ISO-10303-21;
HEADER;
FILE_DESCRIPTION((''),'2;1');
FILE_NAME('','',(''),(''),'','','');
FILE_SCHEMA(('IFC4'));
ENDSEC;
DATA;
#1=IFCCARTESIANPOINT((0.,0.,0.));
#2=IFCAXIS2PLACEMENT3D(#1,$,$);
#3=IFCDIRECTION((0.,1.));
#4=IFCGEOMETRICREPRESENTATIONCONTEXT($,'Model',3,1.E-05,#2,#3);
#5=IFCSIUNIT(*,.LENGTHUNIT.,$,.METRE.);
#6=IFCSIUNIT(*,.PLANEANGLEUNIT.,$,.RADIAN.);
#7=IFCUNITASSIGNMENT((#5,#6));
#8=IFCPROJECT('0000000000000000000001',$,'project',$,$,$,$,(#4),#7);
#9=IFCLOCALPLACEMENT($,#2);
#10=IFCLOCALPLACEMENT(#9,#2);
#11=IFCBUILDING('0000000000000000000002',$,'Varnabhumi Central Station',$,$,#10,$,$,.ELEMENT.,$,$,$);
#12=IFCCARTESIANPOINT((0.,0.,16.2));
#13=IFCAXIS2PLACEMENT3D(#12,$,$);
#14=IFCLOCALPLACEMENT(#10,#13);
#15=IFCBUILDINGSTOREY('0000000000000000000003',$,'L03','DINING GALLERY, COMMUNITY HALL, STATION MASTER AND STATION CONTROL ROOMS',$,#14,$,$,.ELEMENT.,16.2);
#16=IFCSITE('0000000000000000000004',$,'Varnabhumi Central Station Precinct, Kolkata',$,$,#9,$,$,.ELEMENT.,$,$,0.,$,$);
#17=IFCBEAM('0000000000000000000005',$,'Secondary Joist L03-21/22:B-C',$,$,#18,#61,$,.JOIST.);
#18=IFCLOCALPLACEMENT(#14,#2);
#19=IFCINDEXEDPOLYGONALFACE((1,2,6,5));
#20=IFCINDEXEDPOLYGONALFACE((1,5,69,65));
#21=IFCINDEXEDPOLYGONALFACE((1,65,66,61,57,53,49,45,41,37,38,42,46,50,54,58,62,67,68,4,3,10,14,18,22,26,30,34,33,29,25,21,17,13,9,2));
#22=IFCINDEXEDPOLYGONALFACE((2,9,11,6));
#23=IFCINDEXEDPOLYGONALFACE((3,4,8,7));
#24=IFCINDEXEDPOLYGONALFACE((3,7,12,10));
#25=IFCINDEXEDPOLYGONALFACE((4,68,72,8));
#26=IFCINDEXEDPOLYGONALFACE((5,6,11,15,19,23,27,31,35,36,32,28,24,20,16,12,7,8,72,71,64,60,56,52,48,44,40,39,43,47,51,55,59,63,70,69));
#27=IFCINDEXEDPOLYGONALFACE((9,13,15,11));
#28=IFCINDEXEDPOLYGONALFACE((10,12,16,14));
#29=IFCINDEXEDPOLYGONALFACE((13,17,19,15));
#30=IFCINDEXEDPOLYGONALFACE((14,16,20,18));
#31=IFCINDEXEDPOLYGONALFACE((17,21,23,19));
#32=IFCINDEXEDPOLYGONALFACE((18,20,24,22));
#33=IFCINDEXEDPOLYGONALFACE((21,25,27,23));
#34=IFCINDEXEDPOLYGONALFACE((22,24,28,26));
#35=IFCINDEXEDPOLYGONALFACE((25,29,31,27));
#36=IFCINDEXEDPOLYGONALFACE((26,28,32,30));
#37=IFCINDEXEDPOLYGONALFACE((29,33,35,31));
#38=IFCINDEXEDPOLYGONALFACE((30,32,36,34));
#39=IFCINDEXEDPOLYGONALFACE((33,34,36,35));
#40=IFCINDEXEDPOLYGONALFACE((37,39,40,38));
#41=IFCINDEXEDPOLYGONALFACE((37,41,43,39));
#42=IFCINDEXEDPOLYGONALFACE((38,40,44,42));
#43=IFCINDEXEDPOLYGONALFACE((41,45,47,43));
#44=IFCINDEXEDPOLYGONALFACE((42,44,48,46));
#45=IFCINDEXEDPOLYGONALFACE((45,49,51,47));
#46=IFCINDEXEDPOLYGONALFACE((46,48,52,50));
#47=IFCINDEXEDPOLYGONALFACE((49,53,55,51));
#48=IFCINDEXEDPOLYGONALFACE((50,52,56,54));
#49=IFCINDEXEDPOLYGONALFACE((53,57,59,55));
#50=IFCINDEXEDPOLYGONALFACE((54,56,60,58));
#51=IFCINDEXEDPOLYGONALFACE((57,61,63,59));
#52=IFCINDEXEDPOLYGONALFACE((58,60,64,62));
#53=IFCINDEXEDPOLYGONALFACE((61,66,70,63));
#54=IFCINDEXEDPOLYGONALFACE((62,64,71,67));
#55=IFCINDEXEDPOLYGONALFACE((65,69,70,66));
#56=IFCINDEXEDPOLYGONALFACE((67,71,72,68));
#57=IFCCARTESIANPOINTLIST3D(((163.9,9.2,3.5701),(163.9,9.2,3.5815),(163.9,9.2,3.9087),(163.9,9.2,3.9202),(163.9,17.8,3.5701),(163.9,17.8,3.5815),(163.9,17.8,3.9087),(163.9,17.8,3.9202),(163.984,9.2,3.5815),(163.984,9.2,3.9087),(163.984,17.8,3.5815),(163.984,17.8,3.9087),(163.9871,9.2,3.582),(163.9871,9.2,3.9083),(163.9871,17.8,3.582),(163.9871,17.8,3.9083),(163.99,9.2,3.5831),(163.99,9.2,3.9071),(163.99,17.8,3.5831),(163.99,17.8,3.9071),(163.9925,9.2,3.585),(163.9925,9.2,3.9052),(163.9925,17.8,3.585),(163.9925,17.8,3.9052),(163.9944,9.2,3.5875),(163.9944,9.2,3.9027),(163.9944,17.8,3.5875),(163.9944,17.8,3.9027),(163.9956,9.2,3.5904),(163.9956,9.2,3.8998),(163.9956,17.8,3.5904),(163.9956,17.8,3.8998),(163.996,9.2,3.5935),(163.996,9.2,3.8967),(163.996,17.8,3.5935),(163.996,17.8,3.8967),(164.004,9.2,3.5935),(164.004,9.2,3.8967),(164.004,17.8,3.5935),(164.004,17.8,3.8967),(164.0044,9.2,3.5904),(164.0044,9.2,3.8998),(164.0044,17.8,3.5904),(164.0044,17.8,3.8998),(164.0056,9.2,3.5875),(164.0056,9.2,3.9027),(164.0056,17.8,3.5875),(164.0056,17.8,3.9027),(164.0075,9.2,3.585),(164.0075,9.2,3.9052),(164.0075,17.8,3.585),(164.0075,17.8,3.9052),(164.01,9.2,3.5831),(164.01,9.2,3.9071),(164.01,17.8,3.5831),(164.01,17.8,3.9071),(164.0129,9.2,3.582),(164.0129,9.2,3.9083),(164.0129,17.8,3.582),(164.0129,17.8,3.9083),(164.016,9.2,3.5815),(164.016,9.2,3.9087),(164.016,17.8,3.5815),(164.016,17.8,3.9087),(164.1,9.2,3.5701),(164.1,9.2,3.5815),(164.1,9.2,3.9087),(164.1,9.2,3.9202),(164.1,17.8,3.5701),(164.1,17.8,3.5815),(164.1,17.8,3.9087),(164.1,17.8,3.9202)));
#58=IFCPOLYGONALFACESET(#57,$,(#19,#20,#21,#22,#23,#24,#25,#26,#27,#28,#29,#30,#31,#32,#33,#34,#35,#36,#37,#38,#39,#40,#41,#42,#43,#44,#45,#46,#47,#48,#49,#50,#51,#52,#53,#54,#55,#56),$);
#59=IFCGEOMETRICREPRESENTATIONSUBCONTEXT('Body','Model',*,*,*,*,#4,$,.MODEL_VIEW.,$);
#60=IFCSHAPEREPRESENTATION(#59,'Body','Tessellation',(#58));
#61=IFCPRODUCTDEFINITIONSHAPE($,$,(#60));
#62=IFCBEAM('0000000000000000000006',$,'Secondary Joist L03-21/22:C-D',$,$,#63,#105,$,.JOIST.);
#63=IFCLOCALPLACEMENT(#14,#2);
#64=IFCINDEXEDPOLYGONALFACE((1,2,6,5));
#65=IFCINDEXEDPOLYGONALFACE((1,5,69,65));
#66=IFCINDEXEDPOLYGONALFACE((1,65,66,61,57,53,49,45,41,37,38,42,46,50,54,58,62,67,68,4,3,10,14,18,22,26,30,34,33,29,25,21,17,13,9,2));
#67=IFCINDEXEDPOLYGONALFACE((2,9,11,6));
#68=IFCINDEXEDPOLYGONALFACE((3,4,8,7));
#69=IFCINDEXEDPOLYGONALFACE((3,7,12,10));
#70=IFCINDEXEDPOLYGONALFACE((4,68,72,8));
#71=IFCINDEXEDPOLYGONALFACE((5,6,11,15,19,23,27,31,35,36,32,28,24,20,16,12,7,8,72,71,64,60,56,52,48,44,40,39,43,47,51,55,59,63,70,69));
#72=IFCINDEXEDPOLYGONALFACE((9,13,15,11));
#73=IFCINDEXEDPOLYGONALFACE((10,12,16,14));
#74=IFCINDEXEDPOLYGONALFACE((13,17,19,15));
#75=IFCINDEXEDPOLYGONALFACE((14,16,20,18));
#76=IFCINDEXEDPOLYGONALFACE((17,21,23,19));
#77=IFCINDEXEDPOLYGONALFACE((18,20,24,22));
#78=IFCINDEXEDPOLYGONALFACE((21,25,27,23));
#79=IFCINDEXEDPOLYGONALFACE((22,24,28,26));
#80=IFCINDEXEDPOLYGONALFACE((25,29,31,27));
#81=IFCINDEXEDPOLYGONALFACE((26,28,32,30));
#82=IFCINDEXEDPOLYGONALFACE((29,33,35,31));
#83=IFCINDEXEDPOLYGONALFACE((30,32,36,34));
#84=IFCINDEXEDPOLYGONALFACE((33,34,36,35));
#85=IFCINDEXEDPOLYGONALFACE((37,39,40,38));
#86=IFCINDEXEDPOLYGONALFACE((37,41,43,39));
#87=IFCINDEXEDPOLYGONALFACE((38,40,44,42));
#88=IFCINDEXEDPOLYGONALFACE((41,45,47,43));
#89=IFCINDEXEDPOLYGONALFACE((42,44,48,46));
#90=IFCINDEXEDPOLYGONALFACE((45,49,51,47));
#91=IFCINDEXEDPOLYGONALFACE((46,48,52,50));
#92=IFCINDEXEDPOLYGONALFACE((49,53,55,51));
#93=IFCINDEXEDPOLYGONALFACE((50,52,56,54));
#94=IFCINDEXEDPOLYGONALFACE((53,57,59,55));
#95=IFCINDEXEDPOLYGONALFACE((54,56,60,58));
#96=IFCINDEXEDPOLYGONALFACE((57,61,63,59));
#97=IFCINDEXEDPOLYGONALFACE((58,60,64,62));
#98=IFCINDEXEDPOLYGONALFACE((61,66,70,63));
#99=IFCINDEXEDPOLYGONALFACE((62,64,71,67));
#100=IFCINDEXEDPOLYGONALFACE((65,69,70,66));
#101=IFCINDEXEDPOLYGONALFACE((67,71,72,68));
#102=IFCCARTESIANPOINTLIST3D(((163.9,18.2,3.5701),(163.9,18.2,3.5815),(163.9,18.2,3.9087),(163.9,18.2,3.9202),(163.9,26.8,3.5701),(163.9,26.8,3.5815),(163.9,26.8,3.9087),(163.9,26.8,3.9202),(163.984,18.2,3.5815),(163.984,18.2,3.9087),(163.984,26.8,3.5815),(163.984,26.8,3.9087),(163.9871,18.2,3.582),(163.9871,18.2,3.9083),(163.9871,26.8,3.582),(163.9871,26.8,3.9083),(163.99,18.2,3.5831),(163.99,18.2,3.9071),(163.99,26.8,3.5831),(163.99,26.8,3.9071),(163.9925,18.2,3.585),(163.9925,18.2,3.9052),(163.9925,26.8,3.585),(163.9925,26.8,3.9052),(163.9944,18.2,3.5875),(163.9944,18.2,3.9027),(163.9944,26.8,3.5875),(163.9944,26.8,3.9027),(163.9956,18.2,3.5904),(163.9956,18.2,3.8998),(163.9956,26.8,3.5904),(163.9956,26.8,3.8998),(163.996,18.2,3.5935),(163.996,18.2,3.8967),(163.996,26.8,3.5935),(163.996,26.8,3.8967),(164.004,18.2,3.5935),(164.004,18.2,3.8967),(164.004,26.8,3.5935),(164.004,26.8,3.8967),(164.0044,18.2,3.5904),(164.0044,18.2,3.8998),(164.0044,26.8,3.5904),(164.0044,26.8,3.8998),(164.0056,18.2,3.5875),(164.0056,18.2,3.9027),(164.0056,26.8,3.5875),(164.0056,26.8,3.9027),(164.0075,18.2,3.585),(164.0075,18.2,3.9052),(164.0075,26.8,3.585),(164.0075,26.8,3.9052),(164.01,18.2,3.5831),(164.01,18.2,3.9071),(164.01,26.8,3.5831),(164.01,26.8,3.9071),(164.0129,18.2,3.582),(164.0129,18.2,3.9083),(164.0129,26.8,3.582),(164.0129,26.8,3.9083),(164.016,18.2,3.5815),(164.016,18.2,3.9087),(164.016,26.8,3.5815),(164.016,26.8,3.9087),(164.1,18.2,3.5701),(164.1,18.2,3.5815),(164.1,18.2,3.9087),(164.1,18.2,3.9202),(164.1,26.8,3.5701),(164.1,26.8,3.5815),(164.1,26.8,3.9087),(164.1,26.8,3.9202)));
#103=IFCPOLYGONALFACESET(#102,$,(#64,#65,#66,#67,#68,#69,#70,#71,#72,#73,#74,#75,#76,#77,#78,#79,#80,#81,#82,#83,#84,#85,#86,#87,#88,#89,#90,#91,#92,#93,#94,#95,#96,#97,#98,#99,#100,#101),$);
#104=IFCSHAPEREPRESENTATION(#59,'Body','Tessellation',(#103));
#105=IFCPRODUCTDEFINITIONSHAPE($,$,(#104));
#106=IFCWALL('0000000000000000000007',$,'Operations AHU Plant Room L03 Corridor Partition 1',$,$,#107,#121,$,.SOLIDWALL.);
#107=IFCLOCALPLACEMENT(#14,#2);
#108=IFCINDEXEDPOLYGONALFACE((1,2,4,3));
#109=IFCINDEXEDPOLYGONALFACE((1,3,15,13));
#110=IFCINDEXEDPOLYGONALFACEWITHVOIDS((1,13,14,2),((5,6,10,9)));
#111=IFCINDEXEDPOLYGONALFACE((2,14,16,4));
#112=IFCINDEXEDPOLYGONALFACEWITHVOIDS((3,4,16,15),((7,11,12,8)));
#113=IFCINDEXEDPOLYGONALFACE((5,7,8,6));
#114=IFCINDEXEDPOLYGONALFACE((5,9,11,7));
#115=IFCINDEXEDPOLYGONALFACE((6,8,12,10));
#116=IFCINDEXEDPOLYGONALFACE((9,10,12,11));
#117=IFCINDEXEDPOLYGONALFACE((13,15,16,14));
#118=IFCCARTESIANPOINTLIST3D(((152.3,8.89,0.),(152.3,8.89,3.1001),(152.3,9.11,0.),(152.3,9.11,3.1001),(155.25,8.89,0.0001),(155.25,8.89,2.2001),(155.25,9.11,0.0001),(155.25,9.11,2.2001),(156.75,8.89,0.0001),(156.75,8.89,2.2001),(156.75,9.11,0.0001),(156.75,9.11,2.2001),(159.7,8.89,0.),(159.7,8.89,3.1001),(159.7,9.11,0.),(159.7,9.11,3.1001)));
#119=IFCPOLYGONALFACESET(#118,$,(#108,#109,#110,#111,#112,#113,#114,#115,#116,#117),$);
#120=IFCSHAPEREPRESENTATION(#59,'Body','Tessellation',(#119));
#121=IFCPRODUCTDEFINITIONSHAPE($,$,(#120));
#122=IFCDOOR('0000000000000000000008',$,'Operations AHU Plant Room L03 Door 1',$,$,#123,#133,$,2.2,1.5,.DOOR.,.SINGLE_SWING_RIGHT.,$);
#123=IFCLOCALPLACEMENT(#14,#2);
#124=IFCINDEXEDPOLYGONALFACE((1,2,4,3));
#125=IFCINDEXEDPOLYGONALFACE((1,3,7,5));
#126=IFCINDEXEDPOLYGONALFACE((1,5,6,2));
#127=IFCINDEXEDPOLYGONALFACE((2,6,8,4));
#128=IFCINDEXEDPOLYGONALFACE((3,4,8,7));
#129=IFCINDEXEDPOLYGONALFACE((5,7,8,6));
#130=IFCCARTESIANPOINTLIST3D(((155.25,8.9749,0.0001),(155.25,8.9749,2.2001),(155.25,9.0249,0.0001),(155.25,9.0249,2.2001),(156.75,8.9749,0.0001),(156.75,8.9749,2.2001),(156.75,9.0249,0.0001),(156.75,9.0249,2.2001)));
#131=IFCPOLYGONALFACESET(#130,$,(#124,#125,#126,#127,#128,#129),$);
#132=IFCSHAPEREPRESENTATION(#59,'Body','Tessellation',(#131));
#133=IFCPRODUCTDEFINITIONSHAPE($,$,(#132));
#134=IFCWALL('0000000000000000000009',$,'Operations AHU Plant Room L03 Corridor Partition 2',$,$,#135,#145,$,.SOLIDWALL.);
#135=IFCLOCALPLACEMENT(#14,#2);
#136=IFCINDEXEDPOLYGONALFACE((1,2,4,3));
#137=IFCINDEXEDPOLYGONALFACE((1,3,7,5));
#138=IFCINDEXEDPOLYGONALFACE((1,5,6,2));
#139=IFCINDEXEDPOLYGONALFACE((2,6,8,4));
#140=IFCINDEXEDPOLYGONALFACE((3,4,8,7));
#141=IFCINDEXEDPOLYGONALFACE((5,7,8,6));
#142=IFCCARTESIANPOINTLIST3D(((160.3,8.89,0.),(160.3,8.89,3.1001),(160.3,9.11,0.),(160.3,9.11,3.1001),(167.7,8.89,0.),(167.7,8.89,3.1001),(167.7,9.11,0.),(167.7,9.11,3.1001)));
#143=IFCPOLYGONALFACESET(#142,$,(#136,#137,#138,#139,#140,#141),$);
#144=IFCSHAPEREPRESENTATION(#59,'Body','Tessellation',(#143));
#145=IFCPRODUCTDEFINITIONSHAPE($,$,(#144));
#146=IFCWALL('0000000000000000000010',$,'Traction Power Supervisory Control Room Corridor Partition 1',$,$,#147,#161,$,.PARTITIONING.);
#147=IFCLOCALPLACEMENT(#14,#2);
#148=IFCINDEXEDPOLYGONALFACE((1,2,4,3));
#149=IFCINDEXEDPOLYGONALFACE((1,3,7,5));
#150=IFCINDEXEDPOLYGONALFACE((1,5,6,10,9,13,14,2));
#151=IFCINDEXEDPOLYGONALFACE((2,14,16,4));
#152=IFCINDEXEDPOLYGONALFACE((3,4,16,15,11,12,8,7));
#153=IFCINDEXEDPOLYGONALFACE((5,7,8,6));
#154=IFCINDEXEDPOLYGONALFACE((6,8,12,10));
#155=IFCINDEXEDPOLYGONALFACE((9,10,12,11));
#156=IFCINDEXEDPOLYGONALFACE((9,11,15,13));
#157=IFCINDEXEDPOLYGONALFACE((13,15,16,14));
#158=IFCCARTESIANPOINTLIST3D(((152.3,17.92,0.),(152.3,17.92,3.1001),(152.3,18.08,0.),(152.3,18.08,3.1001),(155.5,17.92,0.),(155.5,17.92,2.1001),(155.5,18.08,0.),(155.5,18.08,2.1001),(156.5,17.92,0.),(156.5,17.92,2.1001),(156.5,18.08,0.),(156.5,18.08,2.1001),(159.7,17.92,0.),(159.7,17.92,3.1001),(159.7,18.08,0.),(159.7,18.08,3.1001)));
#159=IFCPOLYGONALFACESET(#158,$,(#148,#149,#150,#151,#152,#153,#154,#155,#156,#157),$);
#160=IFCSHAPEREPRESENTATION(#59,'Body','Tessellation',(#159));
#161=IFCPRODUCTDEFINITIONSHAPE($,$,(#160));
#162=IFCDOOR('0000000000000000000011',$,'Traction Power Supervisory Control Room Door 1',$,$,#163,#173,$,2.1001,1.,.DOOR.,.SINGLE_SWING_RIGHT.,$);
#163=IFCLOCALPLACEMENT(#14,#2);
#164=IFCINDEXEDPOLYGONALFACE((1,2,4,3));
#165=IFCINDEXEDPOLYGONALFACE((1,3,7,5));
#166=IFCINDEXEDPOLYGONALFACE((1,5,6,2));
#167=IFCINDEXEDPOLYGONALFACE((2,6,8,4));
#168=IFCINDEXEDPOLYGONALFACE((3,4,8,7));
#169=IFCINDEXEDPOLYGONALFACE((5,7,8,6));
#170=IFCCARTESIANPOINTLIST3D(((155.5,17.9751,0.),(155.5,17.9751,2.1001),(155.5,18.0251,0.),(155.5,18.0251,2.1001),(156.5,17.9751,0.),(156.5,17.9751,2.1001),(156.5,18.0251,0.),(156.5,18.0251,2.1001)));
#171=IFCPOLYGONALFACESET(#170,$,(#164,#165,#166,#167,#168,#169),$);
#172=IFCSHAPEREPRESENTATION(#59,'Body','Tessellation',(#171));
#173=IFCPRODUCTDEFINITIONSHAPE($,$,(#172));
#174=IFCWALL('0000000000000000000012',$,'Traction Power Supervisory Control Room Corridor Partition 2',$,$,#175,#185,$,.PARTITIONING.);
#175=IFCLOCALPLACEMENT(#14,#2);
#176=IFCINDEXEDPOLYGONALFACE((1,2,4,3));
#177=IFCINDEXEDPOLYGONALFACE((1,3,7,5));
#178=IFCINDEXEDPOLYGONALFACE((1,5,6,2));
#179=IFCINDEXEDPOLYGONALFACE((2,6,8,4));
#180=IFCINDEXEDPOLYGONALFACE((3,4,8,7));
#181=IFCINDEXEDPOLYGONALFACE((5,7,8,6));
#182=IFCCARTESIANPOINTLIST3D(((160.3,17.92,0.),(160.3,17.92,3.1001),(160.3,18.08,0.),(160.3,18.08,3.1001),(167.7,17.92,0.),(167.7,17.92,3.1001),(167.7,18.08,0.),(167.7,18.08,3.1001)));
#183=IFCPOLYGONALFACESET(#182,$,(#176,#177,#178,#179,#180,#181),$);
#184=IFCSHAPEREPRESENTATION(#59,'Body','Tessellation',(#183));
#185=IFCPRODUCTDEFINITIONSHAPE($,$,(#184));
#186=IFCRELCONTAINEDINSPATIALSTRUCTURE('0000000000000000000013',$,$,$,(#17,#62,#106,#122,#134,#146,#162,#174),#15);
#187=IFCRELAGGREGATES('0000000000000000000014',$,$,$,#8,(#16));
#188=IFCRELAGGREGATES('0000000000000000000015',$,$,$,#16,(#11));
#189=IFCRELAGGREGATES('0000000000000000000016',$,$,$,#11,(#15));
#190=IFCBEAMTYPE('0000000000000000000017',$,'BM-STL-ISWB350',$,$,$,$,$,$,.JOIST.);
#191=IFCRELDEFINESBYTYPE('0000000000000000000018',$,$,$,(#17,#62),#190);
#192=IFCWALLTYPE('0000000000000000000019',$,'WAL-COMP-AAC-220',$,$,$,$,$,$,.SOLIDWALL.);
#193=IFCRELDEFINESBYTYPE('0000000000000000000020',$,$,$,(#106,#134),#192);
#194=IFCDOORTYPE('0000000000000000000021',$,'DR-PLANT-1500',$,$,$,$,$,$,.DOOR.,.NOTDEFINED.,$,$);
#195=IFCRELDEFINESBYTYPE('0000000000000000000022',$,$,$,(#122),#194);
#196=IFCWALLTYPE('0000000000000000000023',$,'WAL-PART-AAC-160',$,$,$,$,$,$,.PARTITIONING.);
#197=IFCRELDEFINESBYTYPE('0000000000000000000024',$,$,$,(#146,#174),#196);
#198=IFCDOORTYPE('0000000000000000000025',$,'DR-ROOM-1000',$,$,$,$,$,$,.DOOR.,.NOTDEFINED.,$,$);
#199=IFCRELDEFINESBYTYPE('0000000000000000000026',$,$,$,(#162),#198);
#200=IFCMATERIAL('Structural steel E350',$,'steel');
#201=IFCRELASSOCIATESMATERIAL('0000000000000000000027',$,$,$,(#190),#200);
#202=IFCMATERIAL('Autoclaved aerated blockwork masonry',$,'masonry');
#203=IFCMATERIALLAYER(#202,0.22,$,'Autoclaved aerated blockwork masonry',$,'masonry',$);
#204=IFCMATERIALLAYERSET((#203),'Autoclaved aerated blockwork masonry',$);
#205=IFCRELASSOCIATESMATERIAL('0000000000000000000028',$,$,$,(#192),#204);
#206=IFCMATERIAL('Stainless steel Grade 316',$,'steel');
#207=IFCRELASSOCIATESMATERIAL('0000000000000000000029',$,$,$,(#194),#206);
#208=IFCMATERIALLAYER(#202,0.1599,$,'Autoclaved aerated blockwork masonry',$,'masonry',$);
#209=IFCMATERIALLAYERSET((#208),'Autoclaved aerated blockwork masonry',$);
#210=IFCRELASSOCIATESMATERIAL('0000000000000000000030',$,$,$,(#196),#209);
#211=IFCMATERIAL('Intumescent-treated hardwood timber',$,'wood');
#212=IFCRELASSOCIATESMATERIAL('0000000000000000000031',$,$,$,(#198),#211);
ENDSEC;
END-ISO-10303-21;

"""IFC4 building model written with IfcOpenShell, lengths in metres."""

from ifc_helpers import new_model, si_unit, direction, frame, frame_2d, origin, origin_2d, place, context, subcontext, project, spatial, rectangle, i_section, extrude, material, layer, layer_set, material_profile, profile_set, type_object, element, fill, save


model = new_model("IFC4")

# Units and contexts
model_context = context("Model", 3, precision=1e-05, world=origin(), true_north=direction((0.0, 1.0)))
body_context = subcontext(model_context, "Body", "Model", "MODEL_VIEW")
ifc_project = project(units=[si_unit("LENGTHUNIT", "METRE"), si_unit("PLANEANGLEUNIT", "RADIAN")], contexts=[model_context])

# Site, building, storey
site_placement = place(None, origin())
site = spatial("IfcSite", under=ifc_project, at=site_placement, Name="Varnabhumi Central Station Precinct, Kolkata", CompositionType="ELEMENT", RefElevation=0.0)
building_placement = place(site_placement, origin())
building = spatial("IfcBuilding", under=site, at=building_placement, Name="Varnabhumi Central Station", CompositionType="ELEMENT")
storey_placement = place(building_placement, frame((0.0, 0.0, 16.2)))
storey = spatial("IfcBuildingStorey", under=building, at=storey_placement, Name="L03", Description="DINING GALLERY, COMMUNITY HALL, STATION MASTER AND STATION CONTROL ROOMS", CompositionType="ELEMENT", Elevation=16.2)

# Beams
ifc_material_1 = material(Name="Structural steel E350", Category="steel")
ifc_material_profile_1 = material_profile(ifc_material_1, i_section(OverallWidth=0.2, OverallDepth=0.3501, WebThickness=0.0081, FlangeThickness=0.0115, FilletRadius=0.012, at=origin_2d()), Name="Structural steel E350", Category="steel")
ifc_profile_set_1 = profile_set([ifc_material_profile_1], Name="Structural steel E350")
beam_type_1 = type_object("IfcBeamType", Name="BM-STL-ISWB350", PredefinedType="JOIST", material=ifc_profile_set_1)
for number, where, z_axis, x_axis, name in (
    (1, (164.0, 9.2, 3.7451), (0.0, 1.0, 0.0), (-1.0, 0.0, 0.0), "Secondary Joist L03-21/22:B-C"),
    (2, (164.0, 18.2, 3.7451), (0.0, 1.0, 0.0), (-1.0, 0.0, 0.0), "Secondary Joist L03-21/22:C-D"),
):
    element("IfcBeam", number, at=place(storey_placement, frame(where, z_axis=z_axis, x_axis=x_axis)), inside=storey, type_object=beam_type_1, Name=name, PredefinedType="JOIST", context=body_context, shape_type="SweptSolid", body=[
        extrude(i_section(OverallWidth=0.2, OverallDepth=0.3501, WebThickness=0.0081, FlangeThickness=0.0115, FilletRadius=0.012, at=origin_2d()), origin(), (0.0, 0.0, 1.0), 8.6001),
    ])

# Wall, opening, door
ifc_material_2 = material(Name="Autoclaved aerated blockwork masonry", Category="masonry")
ifc_layer_1 = layer(ifc_material_2, 0.22, Name="Autoclaved aerated blockwork masonry", Category="masonry")
ifc_layer_set_1 = layer_set([ifc_layer_1], Name="Autoclaved aerated blockwork masonry")
wall_type_1 = type_object("IfcWallType", Name="WAL-COMP-AAC-220", PredefinedType="SOLIDWALL", material=ifc_layer_set_1)
wall_1_placement = place(storey_placement, frame((152.3, 9.0, 0.0), z_axis=(0.0, 0.0, 1.0), x_axis=(1.0, 0.0, 0.0)))
wall_1 = element("IfcWall", 3, at=wall_1_placement, inside=storey, type_object=wall_type_1, Name="Operations AHU Plant Room L03 Corridor Partition 1", PredefinedType="SOLIDWALL", context=body_context, shape_type="SweptSolid", body=[
    extrude(rectangle(XDim=7.3999, YDim=0.22, at=frame_2d((3.7, 0.0))), origin(), (0.0, 0.0, 1.0), 3.1001),
])
opening_1_placement = place(wall_1_placement, frame((2.95, 0.0, 0.0)))
opening_1 = element("IfcOpeningElement", 4, at=opening_1_placement, cuts=wall_1, PredefinedType="OPENING", context=body_context, shape_type="SweptSolid", body=[
    extrude(rectangle(XDim=1.5, YDim=2.2, at=frame_2d((0.75, 1.1001))), frame((0.0, 0.1199, 0.0), z_axis=(0.0, -1.0, 0.0), x_axis=(1.0, 0.0, 0.0)), (0.0, 0.0, 1.0), 0.24),
])
ifc_material_3 = material(Name="Stainless steel Grade 316", Category="steel")
door_type_1 = type_object("IfcDoorType", Name="DR-PLANT-1500", OperationType="NOTDEFINED", PredefinedType="DOOR", material=ifc_material_3)
door_1_placement = place(opening_1_placement, origin())
door_1 = element("IfcDoor", 5, at=door_1_placement, inside=storey, type_object=door_type_1, Name="Operations AHU Plant Room L03 Door 1", OperationType="SINGLE_SWING_RIGHT", OverallHeight=2.2, OverallWidth=1.5, PredefinedType="DOOR", context=body_context, shape_type="SweptSolid", body=[
    extrude(rectangle(XDim=1.5, YDim=2.2, at=frame_2d((0.75, 1.1001))), frame((0.0, 0.0249, 0.0), z_axis=(0.0, -1.0, 0.0), x_axis=(1.0, 0.0, 0.0)), (0.0, 0.0, 1.0), 0.05),
])
fill(opening_1, door_1)

# Wall
wall_2_placement = place(storey_placement, frame((160.3, 9.0, 0.0), z_axis=(0.0, 0.0, 1.0), x_axis=(1.0, 0.0, 0.0)))
element("IfcWall", 6, at=wall_2_placement, inside=storey, type_object=wall_type_1, Name="Operations AHU Plant Room L03 Corridor Partition 2", PredefinedType="SOLIDWALL", context=body_context, shape_type="SweptSolid", body=[
    extrude(rectangle(XDim=7.3999, YDim=0.22, at=frame_2d((3.7, 0.0))), origin(), (0.0, 0.0, 1.0), 3.1001),
])

# Wall, opening, door
ifc_layer_2 = layer(ifc_material_2, 0.1599, Name="Autoclaved aerated blockwork masonry", Category="masonry")
ifc_layer_set_2 = layer_set([ifc_layer_2], Name="Autoclaved aerated blockwork masonry")
wall_type_2 = type_object("IfcWallType", Name="WAL-PART-AAC-160", PredefinedType="PARTITIONING", material=ifc_layer_set_2)
wall_3_placement = place(storey_placement, frame((152.3, 18.0, 0.0), z_axis=(0.0, 0.0, 1.0), x_axis=(1.0, 0.0, 0.0)))
wall_3 = element("IfcWall", 7, at=wall_3_placement, inside=storey, type_object=wall_type_2, Name="Traction Power Supervisory Control Room Corridor Partition 1", PredefinedType="PARTITIONING", context=body_context, shape_type="SweptSolid", body=[
    extrude(rectangle(XDim=7.3999, YDim=0.1599, at=frame_2d((3.7, 0.0))), origin(), (0.0, 0.0, 1.0), 3.1001),
])
opening_2_placement = place(wall_3_placement, frame((3.2, 0.0, 0.0)))
opening_2 = element("IfcOpeningElement", 8, at=opening_2_placement, cuts=wall_3, PredefinedType="OPENING", context=body_context, shape_type="SweptSolid", body=[
    extrude(rectangle(XDim=1.0, YDim=2.1001, at=frame_2d((0.5, 1.05))), frame((0.0, 0.0898, 0.0), z_axis=(0.0, -1.0, 0.0), x_axis=(1.0, 0.0, 0.0)), (0.0, 0.0, 1.0), 0.1799),
])
ifc_material_4 = material(Name="Intumescent-treated hardwood timber", Category="wood")
door_type_2 = type_object("IfcDoorType", Name="DR-ROOM-1000", OperationType="NOTDEFINED", PredefinedType="DOOR", material=ifc_material_4)
door_2_placement = place(opening_2_placement, frame((1.0, 0.0, 0.0), z_axis=(0.0, 0.0, 1.0), x_axis=(-1.0, 0.0, 0.0)))
door_2 = element("IfcDoor", 9, at=door_2_placement, inside=storey, type_object=door_type_2, Name="Traction Power Supervisory Control Room Door 1", OperationType="SINGLE_SWING_RIGHT", OverallHeight=2.1001, OverallWidth=1.0, PredefinedType="DOOR", context=body_context, shape_type="SweptSolid", body=[
    extrude(rectangle(XDim=1.0, YDim=2.1001, at=frame_2d((0.5, 1.05))), frame((0.0, 0.0249, 0.0), z_axis=(0.0, -1.0, 0.0), x_axis=(1.0, 0.0, 0.0)), (0.0, 0.0, 1.0), 0.05),
])
fill(opening_2, door_2)

# Wall
wall_4_placement = place(storey_placement, frame((160.3, 18.0, 0.0), z_axis=(0.0, 0.0, 1.0), x_axis=(1.0, 0.0, 0.0)))
element("IfcWall", 10, at=wall_4_placement, inside=storey, type_object=wall_type_2, Name="Traction Power Supervisory Control Room Corridor Partition 2", PredefinedType="PARTITIONING", context=body_context, shape_type="SweptSolid", body=[
    extrude(rectangle(XDim=7.3999, YDim=0.1599, at=frame_2d((3.7, 0.0))), origin(), (0.0, 0.0, 1.0), 3.1001),
])

save(model, "model.ifc")
